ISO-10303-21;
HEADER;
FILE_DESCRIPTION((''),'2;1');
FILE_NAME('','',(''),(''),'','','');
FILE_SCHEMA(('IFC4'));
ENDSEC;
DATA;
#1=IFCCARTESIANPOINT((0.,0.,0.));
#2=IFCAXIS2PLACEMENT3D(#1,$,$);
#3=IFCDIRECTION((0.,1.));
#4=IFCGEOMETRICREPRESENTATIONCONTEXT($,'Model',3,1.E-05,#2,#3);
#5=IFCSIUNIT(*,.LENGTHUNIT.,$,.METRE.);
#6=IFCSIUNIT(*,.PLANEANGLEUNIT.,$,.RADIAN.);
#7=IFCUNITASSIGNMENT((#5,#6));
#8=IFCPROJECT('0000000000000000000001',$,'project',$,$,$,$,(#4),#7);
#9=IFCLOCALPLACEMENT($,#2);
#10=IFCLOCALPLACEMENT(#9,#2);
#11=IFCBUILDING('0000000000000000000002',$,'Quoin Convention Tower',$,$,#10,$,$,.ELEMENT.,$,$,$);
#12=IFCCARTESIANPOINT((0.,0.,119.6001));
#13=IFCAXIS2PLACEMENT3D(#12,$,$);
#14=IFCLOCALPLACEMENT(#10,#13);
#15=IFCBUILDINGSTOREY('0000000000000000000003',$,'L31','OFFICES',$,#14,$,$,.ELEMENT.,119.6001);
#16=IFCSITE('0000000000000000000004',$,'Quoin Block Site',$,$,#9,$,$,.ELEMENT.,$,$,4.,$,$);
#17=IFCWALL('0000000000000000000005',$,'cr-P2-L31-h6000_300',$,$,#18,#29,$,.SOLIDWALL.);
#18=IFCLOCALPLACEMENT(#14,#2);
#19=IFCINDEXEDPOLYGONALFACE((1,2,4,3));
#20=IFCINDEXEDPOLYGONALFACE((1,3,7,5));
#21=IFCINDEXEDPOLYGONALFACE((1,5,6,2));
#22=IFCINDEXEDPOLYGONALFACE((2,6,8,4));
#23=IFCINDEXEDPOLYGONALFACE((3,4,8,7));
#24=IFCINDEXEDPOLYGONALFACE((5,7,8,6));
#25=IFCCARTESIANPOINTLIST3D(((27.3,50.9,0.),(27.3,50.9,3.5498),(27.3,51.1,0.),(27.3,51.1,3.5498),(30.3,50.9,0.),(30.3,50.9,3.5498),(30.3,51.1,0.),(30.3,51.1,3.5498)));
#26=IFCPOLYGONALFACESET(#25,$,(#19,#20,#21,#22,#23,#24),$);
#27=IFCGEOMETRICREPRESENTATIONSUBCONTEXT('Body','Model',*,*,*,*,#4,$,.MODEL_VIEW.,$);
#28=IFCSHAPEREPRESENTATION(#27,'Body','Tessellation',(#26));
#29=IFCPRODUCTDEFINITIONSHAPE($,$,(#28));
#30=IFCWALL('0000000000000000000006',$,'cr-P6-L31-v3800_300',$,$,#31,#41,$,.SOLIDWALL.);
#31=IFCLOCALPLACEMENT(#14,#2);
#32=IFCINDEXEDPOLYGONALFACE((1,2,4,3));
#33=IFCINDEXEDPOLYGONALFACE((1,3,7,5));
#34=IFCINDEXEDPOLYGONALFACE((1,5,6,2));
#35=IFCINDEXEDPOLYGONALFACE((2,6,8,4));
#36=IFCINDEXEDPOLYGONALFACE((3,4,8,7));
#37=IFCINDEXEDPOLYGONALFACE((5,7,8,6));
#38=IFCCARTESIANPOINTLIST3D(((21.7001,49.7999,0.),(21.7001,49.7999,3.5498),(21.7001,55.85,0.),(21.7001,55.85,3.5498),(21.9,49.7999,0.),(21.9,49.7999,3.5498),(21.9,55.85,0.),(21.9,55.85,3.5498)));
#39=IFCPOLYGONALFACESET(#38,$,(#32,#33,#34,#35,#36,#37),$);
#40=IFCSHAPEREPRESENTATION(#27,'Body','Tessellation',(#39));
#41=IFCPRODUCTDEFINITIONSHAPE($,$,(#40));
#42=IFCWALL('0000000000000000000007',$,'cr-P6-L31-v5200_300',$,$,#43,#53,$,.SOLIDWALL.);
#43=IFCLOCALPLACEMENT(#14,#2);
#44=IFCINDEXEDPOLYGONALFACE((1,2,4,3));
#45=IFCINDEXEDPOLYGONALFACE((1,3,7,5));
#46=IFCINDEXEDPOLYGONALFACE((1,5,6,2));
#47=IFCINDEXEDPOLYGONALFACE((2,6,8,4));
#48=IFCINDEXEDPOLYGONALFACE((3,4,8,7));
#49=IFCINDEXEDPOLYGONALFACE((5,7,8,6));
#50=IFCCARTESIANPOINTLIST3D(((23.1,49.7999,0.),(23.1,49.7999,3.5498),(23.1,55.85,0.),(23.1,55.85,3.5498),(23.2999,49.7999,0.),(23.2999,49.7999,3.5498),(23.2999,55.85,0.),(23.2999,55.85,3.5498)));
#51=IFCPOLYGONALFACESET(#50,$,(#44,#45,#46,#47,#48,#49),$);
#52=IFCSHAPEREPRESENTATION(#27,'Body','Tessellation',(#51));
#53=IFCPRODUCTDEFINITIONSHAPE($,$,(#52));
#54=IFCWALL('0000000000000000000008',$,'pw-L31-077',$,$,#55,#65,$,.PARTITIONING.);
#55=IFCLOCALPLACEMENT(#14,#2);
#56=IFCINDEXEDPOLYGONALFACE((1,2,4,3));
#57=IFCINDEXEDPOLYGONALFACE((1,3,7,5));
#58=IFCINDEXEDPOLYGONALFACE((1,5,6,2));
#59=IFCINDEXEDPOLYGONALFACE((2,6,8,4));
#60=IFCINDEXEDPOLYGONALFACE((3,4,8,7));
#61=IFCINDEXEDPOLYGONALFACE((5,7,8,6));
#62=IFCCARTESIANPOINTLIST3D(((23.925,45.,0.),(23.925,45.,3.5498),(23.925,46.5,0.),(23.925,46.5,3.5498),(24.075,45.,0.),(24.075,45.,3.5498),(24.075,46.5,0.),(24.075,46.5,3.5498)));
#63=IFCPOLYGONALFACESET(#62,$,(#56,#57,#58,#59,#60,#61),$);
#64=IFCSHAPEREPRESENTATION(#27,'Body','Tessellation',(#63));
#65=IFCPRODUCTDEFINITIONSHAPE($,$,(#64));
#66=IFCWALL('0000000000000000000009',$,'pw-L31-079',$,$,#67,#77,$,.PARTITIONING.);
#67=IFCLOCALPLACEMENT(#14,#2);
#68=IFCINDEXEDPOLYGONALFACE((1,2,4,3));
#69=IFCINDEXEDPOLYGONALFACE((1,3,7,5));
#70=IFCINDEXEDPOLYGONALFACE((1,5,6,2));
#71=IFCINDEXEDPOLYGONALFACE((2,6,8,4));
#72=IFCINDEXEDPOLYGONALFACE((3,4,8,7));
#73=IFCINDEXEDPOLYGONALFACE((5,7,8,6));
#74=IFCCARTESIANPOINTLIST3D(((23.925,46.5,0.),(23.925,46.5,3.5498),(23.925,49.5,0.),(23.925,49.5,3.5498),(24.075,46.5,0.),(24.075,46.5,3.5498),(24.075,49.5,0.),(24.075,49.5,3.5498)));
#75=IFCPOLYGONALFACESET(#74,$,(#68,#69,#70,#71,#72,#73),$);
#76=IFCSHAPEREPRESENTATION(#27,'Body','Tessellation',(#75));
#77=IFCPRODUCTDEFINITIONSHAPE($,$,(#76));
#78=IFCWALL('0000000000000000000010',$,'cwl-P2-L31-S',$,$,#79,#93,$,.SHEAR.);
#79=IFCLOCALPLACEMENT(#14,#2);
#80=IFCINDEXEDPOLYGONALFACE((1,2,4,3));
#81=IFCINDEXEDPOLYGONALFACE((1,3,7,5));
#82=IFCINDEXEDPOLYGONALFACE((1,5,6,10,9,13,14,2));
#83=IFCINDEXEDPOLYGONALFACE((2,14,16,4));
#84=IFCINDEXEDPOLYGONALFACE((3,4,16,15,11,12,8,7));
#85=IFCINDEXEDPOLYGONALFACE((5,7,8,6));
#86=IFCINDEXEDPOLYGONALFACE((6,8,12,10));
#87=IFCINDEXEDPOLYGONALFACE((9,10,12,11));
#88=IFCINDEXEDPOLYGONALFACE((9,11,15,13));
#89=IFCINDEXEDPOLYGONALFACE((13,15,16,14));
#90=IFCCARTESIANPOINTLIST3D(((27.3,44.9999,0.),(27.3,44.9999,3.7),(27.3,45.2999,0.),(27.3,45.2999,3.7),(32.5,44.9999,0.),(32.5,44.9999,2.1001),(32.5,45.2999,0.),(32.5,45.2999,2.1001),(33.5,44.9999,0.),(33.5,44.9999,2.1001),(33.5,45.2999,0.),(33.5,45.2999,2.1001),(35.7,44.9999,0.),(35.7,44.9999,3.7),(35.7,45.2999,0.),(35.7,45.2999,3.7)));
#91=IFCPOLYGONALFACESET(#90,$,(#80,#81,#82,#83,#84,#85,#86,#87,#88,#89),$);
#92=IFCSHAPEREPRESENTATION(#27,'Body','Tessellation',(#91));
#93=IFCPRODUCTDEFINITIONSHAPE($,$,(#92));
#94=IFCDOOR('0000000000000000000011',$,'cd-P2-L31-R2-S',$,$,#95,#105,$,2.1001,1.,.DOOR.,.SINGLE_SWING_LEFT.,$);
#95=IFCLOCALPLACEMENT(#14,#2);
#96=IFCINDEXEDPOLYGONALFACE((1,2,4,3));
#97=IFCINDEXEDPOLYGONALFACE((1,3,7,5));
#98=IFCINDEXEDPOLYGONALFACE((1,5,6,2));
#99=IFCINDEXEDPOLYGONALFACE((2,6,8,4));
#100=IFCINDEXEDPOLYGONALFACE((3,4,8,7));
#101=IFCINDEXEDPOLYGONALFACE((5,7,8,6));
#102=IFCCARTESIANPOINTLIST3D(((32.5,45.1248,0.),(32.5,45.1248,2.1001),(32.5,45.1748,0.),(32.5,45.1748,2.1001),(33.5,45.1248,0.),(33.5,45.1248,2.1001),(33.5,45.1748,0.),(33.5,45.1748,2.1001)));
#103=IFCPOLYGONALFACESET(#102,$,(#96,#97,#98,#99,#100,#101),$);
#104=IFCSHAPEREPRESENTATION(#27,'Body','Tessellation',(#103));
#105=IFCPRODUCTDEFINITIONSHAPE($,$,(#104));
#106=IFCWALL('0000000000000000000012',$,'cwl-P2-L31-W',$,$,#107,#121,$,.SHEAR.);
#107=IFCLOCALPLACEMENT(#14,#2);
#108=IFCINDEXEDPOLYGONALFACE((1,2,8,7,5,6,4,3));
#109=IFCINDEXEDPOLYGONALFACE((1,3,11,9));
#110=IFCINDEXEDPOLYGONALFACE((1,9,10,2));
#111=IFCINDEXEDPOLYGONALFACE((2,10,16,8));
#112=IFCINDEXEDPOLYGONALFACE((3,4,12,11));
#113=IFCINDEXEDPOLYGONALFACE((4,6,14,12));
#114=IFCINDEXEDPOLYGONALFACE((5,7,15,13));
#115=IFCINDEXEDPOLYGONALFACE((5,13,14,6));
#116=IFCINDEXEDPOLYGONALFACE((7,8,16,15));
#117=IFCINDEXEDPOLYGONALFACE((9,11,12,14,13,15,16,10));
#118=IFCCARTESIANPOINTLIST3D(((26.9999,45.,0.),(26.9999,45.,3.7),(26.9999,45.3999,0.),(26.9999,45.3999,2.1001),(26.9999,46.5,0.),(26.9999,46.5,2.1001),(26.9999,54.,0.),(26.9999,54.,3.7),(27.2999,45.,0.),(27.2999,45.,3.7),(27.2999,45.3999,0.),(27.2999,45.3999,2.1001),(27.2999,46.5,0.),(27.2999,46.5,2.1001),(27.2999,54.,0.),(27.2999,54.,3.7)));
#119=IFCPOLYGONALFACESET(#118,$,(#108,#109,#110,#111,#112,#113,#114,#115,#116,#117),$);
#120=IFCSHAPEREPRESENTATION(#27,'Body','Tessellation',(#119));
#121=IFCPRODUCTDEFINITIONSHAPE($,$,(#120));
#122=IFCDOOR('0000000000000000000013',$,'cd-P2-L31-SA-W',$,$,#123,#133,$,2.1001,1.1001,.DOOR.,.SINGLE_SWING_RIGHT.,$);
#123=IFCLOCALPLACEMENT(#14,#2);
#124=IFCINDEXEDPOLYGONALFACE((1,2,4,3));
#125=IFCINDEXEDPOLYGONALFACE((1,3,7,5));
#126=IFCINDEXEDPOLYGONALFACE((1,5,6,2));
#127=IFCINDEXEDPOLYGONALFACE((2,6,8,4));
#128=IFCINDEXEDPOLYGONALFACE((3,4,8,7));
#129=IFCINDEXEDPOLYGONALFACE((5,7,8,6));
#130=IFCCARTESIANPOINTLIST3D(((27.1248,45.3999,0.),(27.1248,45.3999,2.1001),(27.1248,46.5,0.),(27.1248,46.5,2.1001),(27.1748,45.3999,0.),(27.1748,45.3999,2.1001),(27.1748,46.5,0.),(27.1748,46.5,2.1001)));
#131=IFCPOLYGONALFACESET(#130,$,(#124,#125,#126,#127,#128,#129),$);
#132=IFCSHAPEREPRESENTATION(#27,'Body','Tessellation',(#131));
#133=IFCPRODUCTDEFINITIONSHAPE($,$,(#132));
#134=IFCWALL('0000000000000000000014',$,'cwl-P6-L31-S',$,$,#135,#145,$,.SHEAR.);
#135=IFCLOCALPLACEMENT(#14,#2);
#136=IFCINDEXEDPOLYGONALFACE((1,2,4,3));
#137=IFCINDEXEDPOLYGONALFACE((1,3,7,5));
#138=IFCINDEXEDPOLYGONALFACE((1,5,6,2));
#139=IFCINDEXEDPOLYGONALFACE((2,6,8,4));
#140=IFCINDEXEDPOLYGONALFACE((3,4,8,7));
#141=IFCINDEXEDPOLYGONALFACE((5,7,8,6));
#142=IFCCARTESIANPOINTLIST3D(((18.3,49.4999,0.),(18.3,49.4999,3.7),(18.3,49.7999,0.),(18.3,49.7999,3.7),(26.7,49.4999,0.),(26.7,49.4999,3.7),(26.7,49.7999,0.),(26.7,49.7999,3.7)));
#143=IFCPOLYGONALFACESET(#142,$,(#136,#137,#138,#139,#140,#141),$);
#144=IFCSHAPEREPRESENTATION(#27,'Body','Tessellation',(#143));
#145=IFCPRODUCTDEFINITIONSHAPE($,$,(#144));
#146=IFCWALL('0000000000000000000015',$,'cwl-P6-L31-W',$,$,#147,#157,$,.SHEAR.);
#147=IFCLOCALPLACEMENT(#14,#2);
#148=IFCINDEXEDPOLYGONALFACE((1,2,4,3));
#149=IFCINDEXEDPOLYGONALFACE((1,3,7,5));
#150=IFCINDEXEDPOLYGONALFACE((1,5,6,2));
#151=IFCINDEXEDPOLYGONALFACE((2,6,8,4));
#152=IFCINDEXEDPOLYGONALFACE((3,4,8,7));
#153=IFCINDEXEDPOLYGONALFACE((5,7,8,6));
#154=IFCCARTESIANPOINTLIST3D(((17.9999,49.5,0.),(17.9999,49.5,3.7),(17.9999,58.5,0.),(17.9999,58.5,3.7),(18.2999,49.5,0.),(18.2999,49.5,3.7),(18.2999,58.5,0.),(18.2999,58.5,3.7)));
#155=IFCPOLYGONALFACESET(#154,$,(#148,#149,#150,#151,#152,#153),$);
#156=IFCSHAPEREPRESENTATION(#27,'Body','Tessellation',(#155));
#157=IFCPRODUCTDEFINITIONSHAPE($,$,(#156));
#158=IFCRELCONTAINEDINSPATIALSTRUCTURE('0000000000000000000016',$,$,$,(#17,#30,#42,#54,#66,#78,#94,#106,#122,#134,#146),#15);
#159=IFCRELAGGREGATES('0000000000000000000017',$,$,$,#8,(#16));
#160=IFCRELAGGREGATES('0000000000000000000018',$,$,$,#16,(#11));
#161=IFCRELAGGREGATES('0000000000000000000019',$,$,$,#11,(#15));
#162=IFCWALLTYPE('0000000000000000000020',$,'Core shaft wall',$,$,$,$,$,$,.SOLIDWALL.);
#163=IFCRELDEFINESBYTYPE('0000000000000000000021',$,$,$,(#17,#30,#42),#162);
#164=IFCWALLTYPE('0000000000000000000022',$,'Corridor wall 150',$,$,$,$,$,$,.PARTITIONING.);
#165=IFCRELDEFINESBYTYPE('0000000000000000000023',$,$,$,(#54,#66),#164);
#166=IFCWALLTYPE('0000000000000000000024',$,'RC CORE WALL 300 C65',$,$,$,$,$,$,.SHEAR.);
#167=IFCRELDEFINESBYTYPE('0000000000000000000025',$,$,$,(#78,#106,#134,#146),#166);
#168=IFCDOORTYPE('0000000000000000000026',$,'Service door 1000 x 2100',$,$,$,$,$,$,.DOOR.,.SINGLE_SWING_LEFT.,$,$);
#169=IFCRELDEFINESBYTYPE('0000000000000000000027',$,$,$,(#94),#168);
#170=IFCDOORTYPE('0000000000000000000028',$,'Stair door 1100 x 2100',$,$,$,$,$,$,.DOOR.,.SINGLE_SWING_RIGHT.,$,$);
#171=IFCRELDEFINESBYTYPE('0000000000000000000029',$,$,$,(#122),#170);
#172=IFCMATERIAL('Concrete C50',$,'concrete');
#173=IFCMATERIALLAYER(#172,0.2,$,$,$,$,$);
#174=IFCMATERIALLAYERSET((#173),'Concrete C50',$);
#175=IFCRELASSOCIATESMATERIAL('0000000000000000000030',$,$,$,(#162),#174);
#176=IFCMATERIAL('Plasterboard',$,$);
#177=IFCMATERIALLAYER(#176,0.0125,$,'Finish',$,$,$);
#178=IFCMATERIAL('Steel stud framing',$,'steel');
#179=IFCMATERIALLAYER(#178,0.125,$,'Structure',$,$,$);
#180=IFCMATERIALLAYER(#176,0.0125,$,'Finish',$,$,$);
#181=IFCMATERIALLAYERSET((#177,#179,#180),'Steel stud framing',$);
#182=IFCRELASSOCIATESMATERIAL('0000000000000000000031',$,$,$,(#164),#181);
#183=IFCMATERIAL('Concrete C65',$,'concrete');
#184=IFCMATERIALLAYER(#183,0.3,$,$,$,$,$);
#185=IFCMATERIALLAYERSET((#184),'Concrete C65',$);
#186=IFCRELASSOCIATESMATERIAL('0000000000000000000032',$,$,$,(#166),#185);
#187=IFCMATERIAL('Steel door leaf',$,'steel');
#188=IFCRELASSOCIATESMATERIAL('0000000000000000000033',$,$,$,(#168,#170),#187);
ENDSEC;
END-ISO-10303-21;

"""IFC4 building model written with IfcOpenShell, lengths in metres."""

from ifc_helpers import new_model, si_unit, direction, frame, frame_2d, origin, place, context, subcontext, project, spatial, rectangle, extrude, material, layer, layer_set, type_object, element, fill, save


model = new_model("IFC4")

# Units and contexts
model_context = context("Model", 3, precision=1e-05, world=origin(), true_north=direction((0.0, 1.0)))
body_context = subcontext(model_context, "Body", "Model", "MODEL_VIEW")
ifc_project = project(units=[si_unit("LENGTHUNIT", "METRE"), si_unit("PLANEANGLEUNIT", "RADIAN")], contexts=[model_context])

# Site, building, storey
site_placement = place(None, origin())
site = spatial("IfcSite", under=ifc_project, at=site_placement, Name="Quoin Block Site", CompositionType="ELEMENT", RefElevation=4.0)
building_placement = place(site_placement, origin())
building = spatial("IfcBuilding", under=site, at=building_placement, Name="Quoin Convention Tower", CompositionType="ELEMENT")
storey_placement = place(building_placement, frame((0.0, 0.0, 119.6001)))
storey = spatial("IfcBuildingStorey", under=building, at=storey_placement, Name="L31", Description="OFFICES", CompositionType="ELEMENT", Elevation=119.6001)

# Shared definitions
ifc_material_1 = material(Name="Concrete C65", Category="concrete")

# Walls
ifc_material_2 = material(Name="Concrete C50", Category="concrete")
ifc_layer_1 = layer(ifc_material_2, 0.2)
ifc_layer_set_1 = layer_set([ifc_layer_1], Name="Concrete C50")
wall_type_1 = type_object("IfcWallType", Name="Core shaft wall", PredefinedType="SOLIDWALL", material=ifc_layer_set_1)
wall_1_placement = place(storey_placement, frame((27.3, 51.0, 0.0), z_axis=(0.0, 0.0, 1.0), x_axis=(1.0, 0.0, 0.0)))
element("IfcWall", 1, at=wall_1_placement, inside=storey, type_object=wall_type_1, Name="cr-P2-L31-h6000_300", PredefinedType="SOLIDWALL", context=body_context, shape_type="SweptSolid", body=[
    extrude(rectangle(XDim=3.0, YDim=0.2, at=frame_2d((1.5, 0.0))), origin(), (0.0, 0.0, 1.0), 3.5498),
])
for number, where, z_axis, x_axis, name in (
    (2, (21.8, 49.8, 0.0), (0.0, 0.0, 1.0), (0.0, 1.0, 0.0), "cr-P6-L31-v3800_300"),
    (3, (23.2, 49.8, 0.0), (0.0, 0.0, 1.0), (0.0, 1.0, 0.0), "cr-P6-L31-v5200_300"),
):
    element("IfcWall", number, at=place(storey_placement, frame(where, z_axis=z_axis, x_axis=x_axis)), inside=storey, type_object=wall_type_1, Name=name, PredefinedType="SOLIDWALL", context=body_context, shape_type="SweptSolid", body=[
        extrude(rectangle(XDim=6.05, YDim=0.2, at=frame_2d((3.0249, 0.0))), origin(), (0.0, 0.0, 1.0), 3.5498),
    ])
ifc_material_3 = material(Name="Plasterboard")
ifc_layer_2 = layer(ifc_material_3, 0.0125, Name="Finish")
ifc_material_4 = material(Name="Steel stud framing", Category="steel")
ifc_layer_3 = layer(ifc_material_4, 0.125, Name="Structure")
ifc_layer_4 = layer(ifc_material_3, 0.0125, Name="Finish")
ifc_layer_set_2 = layer_set([ifc_layer_2, ifc_layer_3, ifc_layer_4], Name="Steel stud framing")
wall_type_2 = type_object("IfcWallType", Name="Corridor wall 150", PredefinedType="PARTITIONING", material=ifc_layer_set_2)
wall_2_placement = place(storey_placement, frame((24.0, 45.0, 0.0), z_axis=(0.0, 0.0, 1.0), x_axis=(0.0, 1.0, 0.0)))
element("IfcWall", 4, at=wall_2_placement, inside=storey, type_object=wall_type_2, Name="pw-L31-077", PredefinedType="PARTITIONING", context=body_context, shape_type="SweptSolid", body=[
    extrude(rectangle(XDim=1.5, YDim=0.1499, at=frame_2d((0.75, 0.0))), origin(), (0.0, 0.0, 1.0), 3.5498),
])
wall_3_placement = place(storey_placement, frame((24.0, 46.5, 0.0), z_axis=(0.0, 0.0, 1.0), x_axis=(0.0, 1.0, 0.0)))
element("IfcWall", 5, at=wall_3_placement, inside=storey, type_object=wall_type_2, Name="pw-L31-079", PredefinedType="PARTITIONING", context=body_context, shape_type="SweptSolid", body=[
    extrude(rectangle(XDim=3.0, YDim=0.1499, at=frame_2d((1.5, 0.0))), origin(), (0.0, 0.0, 1.0), 3.5498),
])

# Walls, openings, doors
ifc_layer_5 = layer(ifc_material_1, 0.3)
ifc_layer_set_3 = layer_set([ifc_layer_5], Name="Concrete C65")
wall_type_3 = type_object("IfcWallType", Name="RC CORE WALL 300 C65", PredefinedType="SHEAR", material=ifc_layer_set_3)
wall_4_placement = place(storey_placement, frame((27.3, 45.1499, 0.0), z_axis=(0.0, 0.0, 1.0), x_axis=(1.0, 0.0, 0.0)))
wall_4 = element("IfcWall", 6, at=wall_4_placement, inside=storey, type_object=wall_type_3, Name="cwl-P2-L31-S", PredefinedType="SHEAR", context=body_context, shape_type="SweptSolid", body=[
    extrude(rectangle(XDim=8.3999, YDim=0.3, at=frame_2d((4.2, 0.0))), origin(), (0.0, 0.0, 1.0), 3.7),
])
opening_1_placement = place(wall_4_placement, frame((5.2, 0.0, 0.0)))
opening_1 = element("IfcOpeningElement", 7, at=opening_1_placement, cuts=wall_4, PredefinedType="OPENING", context=body_context, shape_type="SweptSolid", body=[
    extrude(rectangle(XDim=1.0, YDim=2.1001, at=frame_2d((0.5, 1.05))), frame((0.0, 0.1599, 0.0), z_axis=(0.0, -1.0, 0.0), x_axis=(1.0, 0.0, 0.0)), (0.0, 0.0, 1.0), 0.3201),
])
ifc_material_5 = material(Name="Steel door leaf", Category="steel")
door_type_1 = type_object("IfcDoorType", Name="Service door 1000 x 2100", OperationType="SINGLE_SWING_LEFT", PredefinedType="DOOR", material=ifc_material_5)
door_1_placement = place(opening_1_placement, origin())
door_1 = element("IfcDoor", 8, at=door_1_placement, inside=storey, type_object=door_type_1, Name="cd-P2-L31-R2-S", OperationType="SINGLE_SWING_LEFT", OverallHeight=2.1001, OverallWidth=1.0, PredefinedType="DOOR", context=body_context, shape_type="SweptSolid", body=[
    extrude(rectangle(XDim=1.0, YDim=2.1001, at=frame_2d((0.5, 1.05))), frame((0.0, 0.0249, 0.0), z_axis=(0.0, -1.0, 0.0), x_axis=(1.0, 0.0, 0.0)), (0.0, 0.0, 1.0), 0.05),
])
fill(opening_1, door_1)
wall_5_placement = place(storey_placement, frame((27.1499, 45.0, 0.0), z_axis=(0.0, 0.0, 1.0), x_axis=(0.0, 1.0, 0.0)))
wall_5 = element("IfcWall", 9, at=wall_5_placement, inside=storey, type_object=wall_type_3, Name="cwl-P2-L31-W", PredefinedType="SHEAR", context=body_context, shape_type="SweptSolid", body=[
    extrude(rectangle(XDim=9.0, YDim=0.3, at=frame_2d((4.5, 0.0))), origin(), (0.0, 0.0, 1.0), 3.7),
])
opening_2_placement = place(wall_5_placement, frame((0.3999, 0.0, 0.0)))
opening_2 = element("IfcOpeningElement", 10, at=opening_2_placement, cuts=wall_5, PredefinedType="OPENING", context=body_context, shape_type="SweptSolid", body=[
    extrude(rectangle(XDim=1.1001, YDim=2.1001, at=frame_2d((0.55, 1.05))), frame((0.0, 0.1599, 0.0), z_axis=(0.0, -1.0, 0.0), x_axis=(1.0, 0.0, 0.0)), (0.0, 0.0, 1.0), 0.3201),
])
door_type_2 = type_object("IfcDoorType", Name="Stair door 1100 x 2100", OperationType="SINGLE_SWING_RIGHT", PredefinedType="DOOR", material=ifc_material_5)
door_2_placement = place(opening_2_placement, frame((1.1001, 0.0, 0.0), z_axis=(0.0, 0.0, 1.0), x_axis=(-1.0, 0.0, 0.0)))
door_2 = element("IfcDoor", 11, at=door_2_placement, inside=storey, type_object=door_type_2, Name="cd-P2-L31-SA-W", OperationType="SINGLE_SWING_RIGHT", OverallHeight=2.1001, OverallWidth=1.1001, PredefinedType="DOOR", context=body_context, shape_type="SweptSolid", body=[
    extrude(rectangle(XDim=1.1001, YDim=2.1001, at=frame_2d((0.55, 1.05))), frame((0.0, 0.0249, 0.0), z_axis=(0.0, -1.0, 0.0), x_axis=(1.0, 0.0, 0.0)), (0.0, 0.0, 1.0), 0.05),
])
fill(opening_2, door_2)

# Walls
wall_6_placement = place(storey_placement, frame((18.3, 49.6499, 0.0), z_axis=(0.0, 0.0, 1.0), x_axis=(1.0, 0.0, 0.0)))
element("IfcWall", 12, at=wall_6_placement, inside=storey, type_object=wall_type_3, Name="cwl-P6-L31-S", PredefinedType="SHEAR", context=body_context, shape_type="SweptSolid", body=[
    extrude(rectangle(XDim=8.3999, YDim=0.3, at=frame_2d((4.2, 0.0))), origin(), (0.0, 0.0, 1.0), 3.7),
])
wall_7_placement = place(storey_placement, frame((18.1499, 49.5, 0.0), z_axis=(0.0, 0.0, 1.0), x_axis=(0.0, 1.0, 0.0)))
element("IfcWall", 13, at=wall_7_placement, inside=storey, type_object=wall_type_3, Name="cwl-P6-L31-W", PredefinedType="SHEAR", context=body_context, shape_type="SweptSolid", body=[
    extrude(rectangle(XDim=9.0, YDim=0.3, at=frame_2d((4.5, 0.0))), origin(), (0.0, 0.0, 1.0), 3.7),
])

save(model, "model.ifc")
